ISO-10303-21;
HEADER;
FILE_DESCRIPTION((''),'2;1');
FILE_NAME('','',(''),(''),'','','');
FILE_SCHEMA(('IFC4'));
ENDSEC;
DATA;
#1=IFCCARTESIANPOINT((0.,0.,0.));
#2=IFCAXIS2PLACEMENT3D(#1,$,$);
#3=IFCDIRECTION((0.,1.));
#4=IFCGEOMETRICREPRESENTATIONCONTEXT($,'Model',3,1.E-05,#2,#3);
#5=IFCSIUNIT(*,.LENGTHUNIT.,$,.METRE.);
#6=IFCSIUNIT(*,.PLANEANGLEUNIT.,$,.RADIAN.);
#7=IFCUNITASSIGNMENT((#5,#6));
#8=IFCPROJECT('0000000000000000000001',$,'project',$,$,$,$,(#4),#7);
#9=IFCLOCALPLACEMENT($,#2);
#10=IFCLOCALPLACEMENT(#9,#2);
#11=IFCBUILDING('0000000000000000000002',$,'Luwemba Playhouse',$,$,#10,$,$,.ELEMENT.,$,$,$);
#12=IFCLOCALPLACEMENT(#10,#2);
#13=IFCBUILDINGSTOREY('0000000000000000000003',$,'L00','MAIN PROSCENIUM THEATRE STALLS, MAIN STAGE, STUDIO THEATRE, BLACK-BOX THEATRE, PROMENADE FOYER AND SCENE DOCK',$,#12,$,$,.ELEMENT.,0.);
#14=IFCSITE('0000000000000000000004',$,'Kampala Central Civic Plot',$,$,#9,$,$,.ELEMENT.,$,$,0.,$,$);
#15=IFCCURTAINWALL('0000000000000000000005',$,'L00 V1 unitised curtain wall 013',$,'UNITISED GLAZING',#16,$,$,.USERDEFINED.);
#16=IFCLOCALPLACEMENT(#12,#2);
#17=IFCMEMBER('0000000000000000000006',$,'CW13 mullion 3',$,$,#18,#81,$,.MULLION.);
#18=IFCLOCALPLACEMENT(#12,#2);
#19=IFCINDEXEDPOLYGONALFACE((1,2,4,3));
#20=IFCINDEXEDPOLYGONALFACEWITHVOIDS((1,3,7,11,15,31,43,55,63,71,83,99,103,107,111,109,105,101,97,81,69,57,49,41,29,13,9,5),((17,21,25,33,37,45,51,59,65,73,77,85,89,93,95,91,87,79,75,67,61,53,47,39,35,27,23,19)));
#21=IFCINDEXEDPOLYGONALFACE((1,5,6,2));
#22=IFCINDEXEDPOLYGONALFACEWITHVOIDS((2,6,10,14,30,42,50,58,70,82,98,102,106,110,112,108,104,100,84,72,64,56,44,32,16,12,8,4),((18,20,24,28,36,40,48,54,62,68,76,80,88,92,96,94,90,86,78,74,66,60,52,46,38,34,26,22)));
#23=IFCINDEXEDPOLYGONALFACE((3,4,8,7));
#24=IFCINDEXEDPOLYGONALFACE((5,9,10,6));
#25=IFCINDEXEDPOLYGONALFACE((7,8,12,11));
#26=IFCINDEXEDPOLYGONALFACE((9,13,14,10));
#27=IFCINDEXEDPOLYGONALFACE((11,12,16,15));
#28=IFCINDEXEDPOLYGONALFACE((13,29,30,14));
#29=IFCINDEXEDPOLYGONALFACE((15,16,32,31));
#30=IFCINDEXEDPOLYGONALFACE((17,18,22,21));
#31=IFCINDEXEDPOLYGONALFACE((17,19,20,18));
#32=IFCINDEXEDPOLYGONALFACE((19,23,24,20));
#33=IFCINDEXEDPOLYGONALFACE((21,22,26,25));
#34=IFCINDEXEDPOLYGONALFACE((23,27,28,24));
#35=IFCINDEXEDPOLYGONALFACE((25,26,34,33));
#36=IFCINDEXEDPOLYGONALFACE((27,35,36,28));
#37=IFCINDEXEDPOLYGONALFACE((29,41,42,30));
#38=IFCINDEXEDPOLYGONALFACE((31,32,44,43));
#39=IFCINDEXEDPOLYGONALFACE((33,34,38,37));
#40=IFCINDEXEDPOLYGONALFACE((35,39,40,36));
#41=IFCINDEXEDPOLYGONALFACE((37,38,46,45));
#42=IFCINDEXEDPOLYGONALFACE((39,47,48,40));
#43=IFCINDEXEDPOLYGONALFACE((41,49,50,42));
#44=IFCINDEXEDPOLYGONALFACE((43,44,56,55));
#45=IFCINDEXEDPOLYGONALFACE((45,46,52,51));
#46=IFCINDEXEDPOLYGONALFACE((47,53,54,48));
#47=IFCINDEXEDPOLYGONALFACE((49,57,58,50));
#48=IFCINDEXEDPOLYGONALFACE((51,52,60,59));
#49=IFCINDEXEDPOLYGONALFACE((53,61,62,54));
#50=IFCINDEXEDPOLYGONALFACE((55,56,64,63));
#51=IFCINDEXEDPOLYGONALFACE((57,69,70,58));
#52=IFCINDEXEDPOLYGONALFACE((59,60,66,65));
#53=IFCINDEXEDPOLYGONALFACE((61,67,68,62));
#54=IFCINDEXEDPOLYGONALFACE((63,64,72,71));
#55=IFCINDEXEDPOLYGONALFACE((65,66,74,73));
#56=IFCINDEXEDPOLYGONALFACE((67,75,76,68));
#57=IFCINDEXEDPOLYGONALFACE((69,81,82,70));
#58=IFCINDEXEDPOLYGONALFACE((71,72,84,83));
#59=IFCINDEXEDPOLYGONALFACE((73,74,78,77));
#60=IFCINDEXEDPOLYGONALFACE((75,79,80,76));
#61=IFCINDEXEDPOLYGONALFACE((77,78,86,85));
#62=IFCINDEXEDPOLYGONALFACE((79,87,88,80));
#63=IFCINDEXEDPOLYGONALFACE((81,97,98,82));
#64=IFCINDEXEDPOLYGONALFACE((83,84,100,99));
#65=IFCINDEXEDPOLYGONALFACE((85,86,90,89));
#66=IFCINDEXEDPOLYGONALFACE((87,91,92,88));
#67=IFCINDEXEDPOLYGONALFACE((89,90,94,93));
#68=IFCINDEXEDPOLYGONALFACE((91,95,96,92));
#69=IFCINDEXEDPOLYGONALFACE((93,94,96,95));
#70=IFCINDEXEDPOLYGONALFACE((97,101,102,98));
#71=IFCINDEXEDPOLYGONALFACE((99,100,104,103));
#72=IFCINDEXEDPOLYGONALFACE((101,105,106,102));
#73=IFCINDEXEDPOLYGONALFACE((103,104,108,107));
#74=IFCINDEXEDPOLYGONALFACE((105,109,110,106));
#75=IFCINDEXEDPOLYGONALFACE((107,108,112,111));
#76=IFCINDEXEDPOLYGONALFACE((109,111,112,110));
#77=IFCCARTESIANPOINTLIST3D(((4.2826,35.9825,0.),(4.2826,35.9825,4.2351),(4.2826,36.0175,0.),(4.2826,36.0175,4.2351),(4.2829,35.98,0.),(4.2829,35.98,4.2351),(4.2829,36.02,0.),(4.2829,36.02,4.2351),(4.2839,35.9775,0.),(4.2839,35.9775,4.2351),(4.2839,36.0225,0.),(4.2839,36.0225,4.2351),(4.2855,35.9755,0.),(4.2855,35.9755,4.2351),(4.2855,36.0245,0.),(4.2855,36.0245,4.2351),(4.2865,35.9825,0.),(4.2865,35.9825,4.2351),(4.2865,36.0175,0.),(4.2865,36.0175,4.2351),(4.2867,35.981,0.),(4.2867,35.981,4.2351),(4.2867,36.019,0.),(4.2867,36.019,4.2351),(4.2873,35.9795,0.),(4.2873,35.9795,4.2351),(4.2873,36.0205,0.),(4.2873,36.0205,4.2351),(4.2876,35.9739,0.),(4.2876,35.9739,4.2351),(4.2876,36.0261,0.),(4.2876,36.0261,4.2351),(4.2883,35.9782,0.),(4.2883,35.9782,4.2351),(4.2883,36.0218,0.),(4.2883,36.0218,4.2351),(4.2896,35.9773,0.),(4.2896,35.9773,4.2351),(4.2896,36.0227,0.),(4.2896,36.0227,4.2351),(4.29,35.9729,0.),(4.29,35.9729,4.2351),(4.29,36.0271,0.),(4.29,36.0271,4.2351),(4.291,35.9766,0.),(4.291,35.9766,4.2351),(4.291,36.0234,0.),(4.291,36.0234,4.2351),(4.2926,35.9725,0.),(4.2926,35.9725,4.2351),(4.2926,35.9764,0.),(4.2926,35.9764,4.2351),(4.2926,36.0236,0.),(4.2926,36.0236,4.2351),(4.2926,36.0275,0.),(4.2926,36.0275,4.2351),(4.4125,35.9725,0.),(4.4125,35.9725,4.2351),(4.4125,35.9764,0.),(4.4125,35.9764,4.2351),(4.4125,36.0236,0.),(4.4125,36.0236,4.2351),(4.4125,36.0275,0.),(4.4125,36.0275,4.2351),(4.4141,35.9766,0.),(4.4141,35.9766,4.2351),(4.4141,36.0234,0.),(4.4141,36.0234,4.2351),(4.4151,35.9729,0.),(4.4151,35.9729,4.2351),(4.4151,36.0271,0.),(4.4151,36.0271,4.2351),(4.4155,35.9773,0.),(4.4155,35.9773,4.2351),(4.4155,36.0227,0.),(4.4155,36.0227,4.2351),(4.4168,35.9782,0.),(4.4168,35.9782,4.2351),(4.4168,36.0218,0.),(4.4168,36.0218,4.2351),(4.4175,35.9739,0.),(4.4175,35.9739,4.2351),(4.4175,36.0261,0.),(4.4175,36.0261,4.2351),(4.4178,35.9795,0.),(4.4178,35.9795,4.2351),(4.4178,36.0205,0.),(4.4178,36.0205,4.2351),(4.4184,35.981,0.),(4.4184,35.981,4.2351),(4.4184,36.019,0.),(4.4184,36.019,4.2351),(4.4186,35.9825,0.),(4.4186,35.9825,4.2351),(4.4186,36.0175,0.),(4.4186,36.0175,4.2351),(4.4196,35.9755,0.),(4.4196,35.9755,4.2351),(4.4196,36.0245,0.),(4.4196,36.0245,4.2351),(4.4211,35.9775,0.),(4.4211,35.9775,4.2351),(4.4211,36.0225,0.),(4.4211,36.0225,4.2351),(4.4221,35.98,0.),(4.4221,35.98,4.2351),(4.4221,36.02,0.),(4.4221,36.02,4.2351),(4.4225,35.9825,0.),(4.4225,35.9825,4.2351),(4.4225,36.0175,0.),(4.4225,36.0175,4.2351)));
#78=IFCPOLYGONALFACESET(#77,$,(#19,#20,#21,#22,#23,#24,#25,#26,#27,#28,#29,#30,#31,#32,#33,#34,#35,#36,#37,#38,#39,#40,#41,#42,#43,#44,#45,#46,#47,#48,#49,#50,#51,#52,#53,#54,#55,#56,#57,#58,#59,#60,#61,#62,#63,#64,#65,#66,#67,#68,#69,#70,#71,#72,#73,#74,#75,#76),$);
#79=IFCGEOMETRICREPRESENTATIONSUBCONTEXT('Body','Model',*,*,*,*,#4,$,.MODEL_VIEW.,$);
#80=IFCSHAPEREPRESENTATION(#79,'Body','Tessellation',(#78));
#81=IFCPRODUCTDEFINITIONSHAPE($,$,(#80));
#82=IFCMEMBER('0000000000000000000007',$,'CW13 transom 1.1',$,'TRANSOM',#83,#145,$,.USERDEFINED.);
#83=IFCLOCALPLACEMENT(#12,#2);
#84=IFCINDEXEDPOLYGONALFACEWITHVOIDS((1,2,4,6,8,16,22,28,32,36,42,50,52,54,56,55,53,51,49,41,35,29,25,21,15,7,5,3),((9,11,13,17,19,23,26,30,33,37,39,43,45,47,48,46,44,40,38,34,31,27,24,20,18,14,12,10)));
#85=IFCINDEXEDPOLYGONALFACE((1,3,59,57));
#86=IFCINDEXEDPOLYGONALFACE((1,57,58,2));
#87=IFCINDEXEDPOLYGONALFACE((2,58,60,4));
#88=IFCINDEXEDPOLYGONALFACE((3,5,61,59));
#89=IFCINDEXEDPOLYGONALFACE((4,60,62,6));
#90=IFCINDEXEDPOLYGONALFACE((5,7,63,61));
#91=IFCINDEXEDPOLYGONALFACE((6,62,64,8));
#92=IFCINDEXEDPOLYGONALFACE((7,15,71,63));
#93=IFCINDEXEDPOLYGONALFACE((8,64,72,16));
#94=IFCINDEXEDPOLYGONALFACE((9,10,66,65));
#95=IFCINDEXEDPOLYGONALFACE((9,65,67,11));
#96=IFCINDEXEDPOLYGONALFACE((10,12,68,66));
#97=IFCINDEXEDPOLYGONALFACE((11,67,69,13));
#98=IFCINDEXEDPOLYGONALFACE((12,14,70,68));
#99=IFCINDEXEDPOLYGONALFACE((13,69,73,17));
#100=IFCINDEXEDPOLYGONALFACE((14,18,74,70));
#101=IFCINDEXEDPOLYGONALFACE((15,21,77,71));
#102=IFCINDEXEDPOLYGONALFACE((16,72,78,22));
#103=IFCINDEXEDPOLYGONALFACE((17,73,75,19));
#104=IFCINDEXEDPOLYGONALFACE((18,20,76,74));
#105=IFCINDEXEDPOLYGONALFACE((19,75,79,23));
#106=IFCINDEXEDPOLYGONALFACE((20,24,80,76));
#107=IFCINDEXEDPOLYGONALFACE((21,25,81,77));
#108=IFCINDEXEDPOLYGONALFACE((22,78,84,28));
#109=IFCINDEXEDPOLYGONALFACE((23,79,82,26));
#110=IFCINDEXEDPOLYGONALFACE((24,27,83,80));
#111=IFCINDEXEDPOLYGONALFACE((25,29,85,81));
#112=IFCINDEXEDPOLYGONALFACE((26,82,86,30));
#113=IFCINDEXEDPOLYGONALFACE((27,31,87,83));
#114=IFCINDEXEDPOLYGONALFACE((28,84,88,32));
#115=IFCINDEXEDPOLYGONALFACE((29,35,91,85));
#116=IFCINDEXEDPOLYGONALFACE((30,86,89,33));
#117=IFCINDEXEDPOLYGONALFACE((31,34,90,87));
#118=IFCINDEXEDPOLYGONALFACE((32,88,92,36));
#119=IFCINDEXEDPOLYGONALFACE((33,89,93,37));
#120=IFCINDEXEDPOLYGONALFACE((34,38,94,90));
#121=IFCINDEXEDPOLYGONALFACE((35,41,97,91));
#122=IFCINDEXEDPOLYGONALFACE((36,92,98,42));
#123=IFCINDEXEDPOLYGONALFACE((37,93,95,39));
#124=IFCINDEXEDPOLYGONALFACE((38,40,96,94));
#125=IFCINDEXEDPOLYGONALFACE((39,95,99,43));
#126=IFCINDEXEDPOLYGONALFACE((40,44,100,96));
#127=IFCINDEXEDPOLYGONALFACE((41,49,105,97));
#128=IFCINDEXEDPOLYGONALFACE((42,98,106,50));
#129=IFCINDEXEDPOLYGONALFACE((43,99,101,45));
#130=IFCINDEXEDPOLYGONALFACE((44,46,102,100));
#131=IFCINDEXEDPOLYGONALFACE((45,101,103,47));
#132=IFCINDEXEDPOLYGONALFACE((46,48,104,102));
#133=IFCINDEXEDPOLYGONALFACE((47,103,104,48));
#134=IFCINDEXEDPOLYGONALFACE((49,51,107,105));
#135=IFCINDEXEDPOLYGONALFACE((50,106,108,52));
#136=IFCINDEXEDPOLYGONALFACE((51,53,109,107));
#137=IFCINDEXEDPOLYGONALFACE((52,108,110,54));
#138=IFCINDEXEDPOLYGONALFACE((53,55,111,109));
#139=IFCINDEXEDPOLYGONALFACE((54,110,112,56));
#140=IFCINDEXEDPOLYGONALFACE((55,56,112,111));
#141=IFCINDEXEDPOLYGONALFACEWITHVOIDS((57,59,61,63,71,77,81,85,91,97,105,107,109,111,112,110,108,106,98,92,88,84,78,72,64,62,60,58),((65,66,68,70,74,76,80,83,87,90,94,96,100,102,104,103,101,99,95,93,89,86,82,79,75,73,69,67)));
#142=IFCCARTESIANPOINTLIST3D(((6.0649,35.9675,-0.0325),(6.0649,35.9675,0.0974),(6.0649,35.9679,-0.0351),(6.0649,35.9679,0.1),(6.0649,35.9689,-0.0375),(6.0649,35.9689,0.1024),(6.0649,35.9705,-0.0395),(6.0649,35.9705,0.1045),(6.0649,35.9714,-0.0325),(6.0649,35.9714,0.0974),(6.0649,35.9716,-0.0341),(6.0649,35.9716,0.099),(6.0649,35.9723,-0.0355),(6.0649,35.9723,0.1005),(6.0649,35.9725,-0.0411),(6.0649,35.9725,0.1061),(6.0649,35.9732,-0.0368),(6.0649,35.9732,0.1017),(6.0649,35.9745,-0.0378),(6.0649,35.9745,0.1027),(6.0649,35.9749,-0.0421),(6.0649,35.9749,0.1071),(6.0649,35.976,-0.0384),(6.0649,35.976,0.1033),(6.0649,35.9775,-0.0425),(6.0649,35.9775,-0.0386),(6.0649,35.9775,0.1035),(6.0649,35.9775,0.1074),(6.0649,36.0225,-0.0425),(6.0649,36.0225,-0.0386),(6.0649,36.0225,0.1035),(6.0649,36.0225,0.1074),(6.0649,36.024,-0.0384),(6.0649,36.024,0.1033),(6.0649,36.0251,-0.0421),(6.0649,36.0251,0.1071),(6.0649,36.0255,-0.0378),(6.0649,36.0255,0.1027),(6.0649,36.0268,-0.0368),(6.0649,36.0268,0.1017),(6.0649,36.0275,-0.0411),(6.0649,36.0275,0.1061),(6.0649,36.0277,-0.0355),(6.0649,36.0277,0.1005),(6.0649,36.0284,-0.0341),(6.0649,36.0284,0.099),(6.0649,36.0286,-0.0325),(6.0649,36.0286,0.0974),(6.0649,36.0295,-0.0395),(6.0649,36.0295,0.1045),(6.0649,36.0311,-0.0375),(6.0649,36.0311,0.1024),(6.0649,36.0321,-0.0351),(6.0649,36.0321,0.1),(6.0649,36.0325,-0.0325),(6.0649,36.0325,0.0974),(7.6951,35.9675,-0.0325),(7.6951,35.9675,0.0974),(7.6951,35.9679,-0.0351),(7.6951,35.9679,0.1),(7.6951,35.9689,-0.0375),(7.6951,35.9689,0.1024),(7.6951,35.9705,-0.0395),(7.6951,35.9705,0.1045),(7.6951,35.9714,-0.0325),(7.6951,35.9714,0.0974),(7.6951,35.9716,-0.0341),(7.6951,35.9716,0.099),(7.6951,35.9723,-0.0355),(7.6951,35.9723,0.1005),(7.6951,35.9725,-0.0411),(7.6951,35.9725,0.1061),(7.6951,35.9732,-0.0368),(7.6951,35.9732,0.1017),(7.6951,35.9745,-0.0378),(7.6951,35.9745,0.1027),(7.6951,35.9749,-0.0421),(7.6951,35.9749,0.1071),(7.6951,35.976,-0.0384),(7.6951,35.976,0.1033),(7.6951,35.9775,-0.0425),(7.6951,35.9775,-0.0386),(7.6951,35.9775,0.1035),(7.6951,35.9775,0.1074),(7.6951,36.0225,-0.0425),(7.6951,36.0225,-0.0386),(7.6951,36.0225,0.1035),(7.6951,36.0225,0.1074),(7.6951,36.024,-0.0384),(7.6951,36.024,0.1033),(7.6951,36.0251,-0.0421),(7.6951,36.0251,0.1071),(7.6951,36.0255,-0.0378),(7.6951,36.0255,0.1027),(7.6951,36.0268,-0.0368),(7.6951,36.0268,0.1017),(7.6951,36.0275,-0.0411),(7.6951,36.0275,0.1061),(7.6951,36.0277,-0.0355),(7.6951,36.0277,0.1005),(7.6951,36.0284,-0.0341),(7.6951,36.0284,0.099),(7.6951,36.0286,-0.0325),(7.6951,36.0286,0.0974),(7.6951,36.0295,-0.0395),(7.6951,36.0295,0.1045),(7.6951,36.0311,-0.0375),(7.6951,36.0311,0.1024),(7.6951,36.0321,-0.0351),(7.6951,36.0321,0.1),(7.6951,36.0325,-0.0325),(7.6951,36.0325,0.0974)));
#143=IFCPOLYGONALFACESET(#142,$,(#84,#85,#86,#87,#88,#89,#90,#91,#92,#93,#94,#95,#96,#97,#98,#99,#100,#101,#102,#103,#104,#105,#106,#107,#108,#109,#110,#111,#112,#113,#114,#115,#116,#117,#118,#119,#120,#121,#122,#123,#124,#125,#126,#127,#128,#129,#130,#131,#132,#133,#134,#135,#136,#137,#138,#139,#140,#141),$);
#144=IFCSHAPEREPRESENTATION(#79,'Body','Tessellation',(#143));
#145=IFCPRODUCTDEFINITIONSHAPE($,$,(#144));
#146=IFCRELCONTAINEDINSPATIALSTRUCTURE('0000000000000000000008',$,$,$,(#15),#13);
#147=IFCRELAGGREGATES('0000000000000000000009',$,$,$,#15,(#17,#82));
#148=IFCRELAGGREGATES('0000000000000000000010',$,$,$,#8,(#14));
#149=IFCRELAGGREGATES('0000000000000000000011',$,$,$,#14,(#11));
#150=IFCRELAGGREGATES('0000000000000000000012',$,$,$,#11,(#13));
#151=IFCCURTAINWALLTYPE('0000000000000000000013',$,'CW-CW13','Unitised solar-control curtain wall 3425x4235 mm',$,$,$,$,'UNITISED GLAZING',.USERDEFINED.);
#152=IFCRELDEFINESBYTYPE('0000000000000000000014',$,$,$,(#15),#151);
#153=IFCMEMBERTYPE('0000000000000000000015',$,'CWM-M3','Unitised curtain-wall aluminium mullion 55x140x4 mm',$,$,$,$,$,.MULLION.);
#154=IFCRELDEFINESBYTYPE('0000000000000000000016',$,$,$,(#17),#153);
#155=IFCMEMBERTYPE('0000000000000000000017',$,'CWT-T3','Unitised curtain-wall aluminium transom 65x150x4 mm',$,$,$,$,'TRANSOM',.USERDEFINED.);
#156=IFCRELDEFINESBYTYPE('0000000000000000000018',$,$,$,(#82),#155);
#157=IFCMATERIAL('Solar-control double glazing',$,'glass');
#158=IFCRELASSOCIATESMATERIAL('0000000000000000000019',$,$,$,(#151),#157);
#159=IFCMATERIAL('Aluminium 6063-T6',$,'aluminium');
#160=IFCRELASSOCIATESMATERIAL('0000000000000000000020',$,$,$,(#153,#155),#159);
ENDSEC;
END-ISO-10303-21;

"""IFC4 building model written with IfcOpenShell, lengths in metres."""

from ifc_helpers import new_model, si_unit, direction, frame, origin, origin_2d, place, context, subcontext, project, spatial, hollow_rectangle, extrude, material, material_profile, profile_set, type_object, element, aggregate, save


model = new_model("IFC4")

# Units and contexts
model_context = context("Model", 3, precision=1e-05, world=origin(), true_north=direction((0.0, 1.0)))
body_context = subcontext(model_context, "Body", "Model", "MODEL_VIEW")
ifc_project = project(units=[si_unit("LENGTHUNIT", "METRE"), si_unit("PLANEANGLEUNIT", "RADIAN")], contexts=[model_context])

# Site, building, storey
site_placement = place(None, origin())
site = spatial("IfcSite", under=ifc_project, at=site_placement, Name="Kampala Central Civic Plot", CompositionType="ELEMENT", RefElevation=0.0)
building_placement = place(site_placement, origin())
building = spatial("IfcBuilding", under=site, at=building_placement, Name="Luwemba Playhouse", CompositionType="ELEMENT")
storey_placement = place(building_placement, origin())
storey = spatial("IfcBuildingStorey", under=building, at=storey_placement, Name="L00", Description="MAIN PROSCENIUM THEATRE STALLS, MAIN STAGE, STUDIO THEATRE, BLACK-BOX THEATRE, PROMENADE FOYER AND SCENE DOCK", CompositionType="ELEMENT", Elevation=0.0)

# Shared definitions
ifc_material_1 = material(Name="Solar-control double glazing", Category="glass")
ifc_material_2 = material(Name="Aluminium 6063-T6", Category="aluminium")

# Curtain wall, members
curtain_wall_type_1 = type_object("IfcCurtainWallType", Name="CW-CW13", Description="Unitised solar-control curtain wall 3425x4235 mm", ElementType="UNITISED GLAZING", PredefinedType="USERDEFINED", material=ifc_material_1)
curtain_wall_1_placement = place(storey_placement, origin())
curtain_wall_1 = element("IfcCurtainWall", 1, at=curtain_wall_1_placement, inside=storey, type_object=curtain_wall_type_1, Name="L00 V1 unitised curtain wall 013", ObjectType="UNITISED GLAZING", PredefinedType="USERDEFINED")
ifc_material_profile_1 = material_profile(ifc_material_2, hollow_rectangle(XDim=0.0549, YDim=0.1399, WallThickness=0.0039, InnerFilletRadius=0.0061, OuterFilletRadius=0.01, at=origin_2d()))
ifc_profile_set_1 = profile_set([ifc_material_profile_1], Name="Aluminium 6063-T6")
member_type_1 = type_object("IfcMemberType", Name="CWM-M3", Description="Unitised curtain-wall aluminium mullion 55x140x4 mm", PredefinedType="MULLION", material=ifc_profile_set_1)
member_1_placement = place(storey_placement, frame((4.3525, 36.0, 0.0), z_axis=(0.0, 0.0, 1.0), x_axis=(0.0, -1.0, 0.0)))
member_1 = element("IfcMember", 2, at=member_1_placement, type_object=member_type_1, Name="CW13 mullion 3", PredefinedType="MULLION", context=body_context, shape_type="SweptSolid", body=[
    extrude(hollow_rectangle(XDim=0.0549, YDim=0.1399, WallThickness=0.0039, InnerFilletRadius=0.0061, OuterFilletRadius=0.01, at=origin_2d()), origin(), (0.0, 0.0, 1.0), 4.2351),
])
ifc_material_profile_2 = material_profile(ifc_material_2, hollow_rectangle(XDim=0.0649, YDim=0.1499, WallThickness=0.0039, InnerFilletRadius=0.0061, OuterFilletRadius=0.01, at=origin_2d()))
ifc_profile_set_2 = profile_set([ifc_material_profile_2], Name="Aluminium 6063-T6")
member_type_2 = type_object("IfcMemberType", Name="CWT-T3", Description="Unitised curtain-wall aluminium transom 65x150x4 mm", ElementType="TRANSOM", PredefinedType="USERDEFINED", material=ifc_profile_set_2)
member_2_placement = place(storey_placement, frame((7.6951, 36.0, 0.0325), z_axis=(-1.0, 0.0, 0.0), x_axis=(0.0, -1.0, 0.0)))
member_2 = element("IfcMember", 3, at=member_2_placement, type_object=member_type_2, Name="CW13 transom 1.1", ObjectType="TRANSOM", PredefinedType="USERDEFINED", context=body_context, shape_type="SweptSolid", body=[
    extrude(hollow_rectangle(XDim=0.0649, YDim=0.1499, WallThickness=0.0039, InnerFilletRadius=0.0061, OuterFilletRadius=0.01, at=origin_2d()), origin(), (0.0, 0.0, 1.0), 1.6301),
])

aggregate(curtain_wall_1, [member_1, member_2])

save(model, "model.ifc")
